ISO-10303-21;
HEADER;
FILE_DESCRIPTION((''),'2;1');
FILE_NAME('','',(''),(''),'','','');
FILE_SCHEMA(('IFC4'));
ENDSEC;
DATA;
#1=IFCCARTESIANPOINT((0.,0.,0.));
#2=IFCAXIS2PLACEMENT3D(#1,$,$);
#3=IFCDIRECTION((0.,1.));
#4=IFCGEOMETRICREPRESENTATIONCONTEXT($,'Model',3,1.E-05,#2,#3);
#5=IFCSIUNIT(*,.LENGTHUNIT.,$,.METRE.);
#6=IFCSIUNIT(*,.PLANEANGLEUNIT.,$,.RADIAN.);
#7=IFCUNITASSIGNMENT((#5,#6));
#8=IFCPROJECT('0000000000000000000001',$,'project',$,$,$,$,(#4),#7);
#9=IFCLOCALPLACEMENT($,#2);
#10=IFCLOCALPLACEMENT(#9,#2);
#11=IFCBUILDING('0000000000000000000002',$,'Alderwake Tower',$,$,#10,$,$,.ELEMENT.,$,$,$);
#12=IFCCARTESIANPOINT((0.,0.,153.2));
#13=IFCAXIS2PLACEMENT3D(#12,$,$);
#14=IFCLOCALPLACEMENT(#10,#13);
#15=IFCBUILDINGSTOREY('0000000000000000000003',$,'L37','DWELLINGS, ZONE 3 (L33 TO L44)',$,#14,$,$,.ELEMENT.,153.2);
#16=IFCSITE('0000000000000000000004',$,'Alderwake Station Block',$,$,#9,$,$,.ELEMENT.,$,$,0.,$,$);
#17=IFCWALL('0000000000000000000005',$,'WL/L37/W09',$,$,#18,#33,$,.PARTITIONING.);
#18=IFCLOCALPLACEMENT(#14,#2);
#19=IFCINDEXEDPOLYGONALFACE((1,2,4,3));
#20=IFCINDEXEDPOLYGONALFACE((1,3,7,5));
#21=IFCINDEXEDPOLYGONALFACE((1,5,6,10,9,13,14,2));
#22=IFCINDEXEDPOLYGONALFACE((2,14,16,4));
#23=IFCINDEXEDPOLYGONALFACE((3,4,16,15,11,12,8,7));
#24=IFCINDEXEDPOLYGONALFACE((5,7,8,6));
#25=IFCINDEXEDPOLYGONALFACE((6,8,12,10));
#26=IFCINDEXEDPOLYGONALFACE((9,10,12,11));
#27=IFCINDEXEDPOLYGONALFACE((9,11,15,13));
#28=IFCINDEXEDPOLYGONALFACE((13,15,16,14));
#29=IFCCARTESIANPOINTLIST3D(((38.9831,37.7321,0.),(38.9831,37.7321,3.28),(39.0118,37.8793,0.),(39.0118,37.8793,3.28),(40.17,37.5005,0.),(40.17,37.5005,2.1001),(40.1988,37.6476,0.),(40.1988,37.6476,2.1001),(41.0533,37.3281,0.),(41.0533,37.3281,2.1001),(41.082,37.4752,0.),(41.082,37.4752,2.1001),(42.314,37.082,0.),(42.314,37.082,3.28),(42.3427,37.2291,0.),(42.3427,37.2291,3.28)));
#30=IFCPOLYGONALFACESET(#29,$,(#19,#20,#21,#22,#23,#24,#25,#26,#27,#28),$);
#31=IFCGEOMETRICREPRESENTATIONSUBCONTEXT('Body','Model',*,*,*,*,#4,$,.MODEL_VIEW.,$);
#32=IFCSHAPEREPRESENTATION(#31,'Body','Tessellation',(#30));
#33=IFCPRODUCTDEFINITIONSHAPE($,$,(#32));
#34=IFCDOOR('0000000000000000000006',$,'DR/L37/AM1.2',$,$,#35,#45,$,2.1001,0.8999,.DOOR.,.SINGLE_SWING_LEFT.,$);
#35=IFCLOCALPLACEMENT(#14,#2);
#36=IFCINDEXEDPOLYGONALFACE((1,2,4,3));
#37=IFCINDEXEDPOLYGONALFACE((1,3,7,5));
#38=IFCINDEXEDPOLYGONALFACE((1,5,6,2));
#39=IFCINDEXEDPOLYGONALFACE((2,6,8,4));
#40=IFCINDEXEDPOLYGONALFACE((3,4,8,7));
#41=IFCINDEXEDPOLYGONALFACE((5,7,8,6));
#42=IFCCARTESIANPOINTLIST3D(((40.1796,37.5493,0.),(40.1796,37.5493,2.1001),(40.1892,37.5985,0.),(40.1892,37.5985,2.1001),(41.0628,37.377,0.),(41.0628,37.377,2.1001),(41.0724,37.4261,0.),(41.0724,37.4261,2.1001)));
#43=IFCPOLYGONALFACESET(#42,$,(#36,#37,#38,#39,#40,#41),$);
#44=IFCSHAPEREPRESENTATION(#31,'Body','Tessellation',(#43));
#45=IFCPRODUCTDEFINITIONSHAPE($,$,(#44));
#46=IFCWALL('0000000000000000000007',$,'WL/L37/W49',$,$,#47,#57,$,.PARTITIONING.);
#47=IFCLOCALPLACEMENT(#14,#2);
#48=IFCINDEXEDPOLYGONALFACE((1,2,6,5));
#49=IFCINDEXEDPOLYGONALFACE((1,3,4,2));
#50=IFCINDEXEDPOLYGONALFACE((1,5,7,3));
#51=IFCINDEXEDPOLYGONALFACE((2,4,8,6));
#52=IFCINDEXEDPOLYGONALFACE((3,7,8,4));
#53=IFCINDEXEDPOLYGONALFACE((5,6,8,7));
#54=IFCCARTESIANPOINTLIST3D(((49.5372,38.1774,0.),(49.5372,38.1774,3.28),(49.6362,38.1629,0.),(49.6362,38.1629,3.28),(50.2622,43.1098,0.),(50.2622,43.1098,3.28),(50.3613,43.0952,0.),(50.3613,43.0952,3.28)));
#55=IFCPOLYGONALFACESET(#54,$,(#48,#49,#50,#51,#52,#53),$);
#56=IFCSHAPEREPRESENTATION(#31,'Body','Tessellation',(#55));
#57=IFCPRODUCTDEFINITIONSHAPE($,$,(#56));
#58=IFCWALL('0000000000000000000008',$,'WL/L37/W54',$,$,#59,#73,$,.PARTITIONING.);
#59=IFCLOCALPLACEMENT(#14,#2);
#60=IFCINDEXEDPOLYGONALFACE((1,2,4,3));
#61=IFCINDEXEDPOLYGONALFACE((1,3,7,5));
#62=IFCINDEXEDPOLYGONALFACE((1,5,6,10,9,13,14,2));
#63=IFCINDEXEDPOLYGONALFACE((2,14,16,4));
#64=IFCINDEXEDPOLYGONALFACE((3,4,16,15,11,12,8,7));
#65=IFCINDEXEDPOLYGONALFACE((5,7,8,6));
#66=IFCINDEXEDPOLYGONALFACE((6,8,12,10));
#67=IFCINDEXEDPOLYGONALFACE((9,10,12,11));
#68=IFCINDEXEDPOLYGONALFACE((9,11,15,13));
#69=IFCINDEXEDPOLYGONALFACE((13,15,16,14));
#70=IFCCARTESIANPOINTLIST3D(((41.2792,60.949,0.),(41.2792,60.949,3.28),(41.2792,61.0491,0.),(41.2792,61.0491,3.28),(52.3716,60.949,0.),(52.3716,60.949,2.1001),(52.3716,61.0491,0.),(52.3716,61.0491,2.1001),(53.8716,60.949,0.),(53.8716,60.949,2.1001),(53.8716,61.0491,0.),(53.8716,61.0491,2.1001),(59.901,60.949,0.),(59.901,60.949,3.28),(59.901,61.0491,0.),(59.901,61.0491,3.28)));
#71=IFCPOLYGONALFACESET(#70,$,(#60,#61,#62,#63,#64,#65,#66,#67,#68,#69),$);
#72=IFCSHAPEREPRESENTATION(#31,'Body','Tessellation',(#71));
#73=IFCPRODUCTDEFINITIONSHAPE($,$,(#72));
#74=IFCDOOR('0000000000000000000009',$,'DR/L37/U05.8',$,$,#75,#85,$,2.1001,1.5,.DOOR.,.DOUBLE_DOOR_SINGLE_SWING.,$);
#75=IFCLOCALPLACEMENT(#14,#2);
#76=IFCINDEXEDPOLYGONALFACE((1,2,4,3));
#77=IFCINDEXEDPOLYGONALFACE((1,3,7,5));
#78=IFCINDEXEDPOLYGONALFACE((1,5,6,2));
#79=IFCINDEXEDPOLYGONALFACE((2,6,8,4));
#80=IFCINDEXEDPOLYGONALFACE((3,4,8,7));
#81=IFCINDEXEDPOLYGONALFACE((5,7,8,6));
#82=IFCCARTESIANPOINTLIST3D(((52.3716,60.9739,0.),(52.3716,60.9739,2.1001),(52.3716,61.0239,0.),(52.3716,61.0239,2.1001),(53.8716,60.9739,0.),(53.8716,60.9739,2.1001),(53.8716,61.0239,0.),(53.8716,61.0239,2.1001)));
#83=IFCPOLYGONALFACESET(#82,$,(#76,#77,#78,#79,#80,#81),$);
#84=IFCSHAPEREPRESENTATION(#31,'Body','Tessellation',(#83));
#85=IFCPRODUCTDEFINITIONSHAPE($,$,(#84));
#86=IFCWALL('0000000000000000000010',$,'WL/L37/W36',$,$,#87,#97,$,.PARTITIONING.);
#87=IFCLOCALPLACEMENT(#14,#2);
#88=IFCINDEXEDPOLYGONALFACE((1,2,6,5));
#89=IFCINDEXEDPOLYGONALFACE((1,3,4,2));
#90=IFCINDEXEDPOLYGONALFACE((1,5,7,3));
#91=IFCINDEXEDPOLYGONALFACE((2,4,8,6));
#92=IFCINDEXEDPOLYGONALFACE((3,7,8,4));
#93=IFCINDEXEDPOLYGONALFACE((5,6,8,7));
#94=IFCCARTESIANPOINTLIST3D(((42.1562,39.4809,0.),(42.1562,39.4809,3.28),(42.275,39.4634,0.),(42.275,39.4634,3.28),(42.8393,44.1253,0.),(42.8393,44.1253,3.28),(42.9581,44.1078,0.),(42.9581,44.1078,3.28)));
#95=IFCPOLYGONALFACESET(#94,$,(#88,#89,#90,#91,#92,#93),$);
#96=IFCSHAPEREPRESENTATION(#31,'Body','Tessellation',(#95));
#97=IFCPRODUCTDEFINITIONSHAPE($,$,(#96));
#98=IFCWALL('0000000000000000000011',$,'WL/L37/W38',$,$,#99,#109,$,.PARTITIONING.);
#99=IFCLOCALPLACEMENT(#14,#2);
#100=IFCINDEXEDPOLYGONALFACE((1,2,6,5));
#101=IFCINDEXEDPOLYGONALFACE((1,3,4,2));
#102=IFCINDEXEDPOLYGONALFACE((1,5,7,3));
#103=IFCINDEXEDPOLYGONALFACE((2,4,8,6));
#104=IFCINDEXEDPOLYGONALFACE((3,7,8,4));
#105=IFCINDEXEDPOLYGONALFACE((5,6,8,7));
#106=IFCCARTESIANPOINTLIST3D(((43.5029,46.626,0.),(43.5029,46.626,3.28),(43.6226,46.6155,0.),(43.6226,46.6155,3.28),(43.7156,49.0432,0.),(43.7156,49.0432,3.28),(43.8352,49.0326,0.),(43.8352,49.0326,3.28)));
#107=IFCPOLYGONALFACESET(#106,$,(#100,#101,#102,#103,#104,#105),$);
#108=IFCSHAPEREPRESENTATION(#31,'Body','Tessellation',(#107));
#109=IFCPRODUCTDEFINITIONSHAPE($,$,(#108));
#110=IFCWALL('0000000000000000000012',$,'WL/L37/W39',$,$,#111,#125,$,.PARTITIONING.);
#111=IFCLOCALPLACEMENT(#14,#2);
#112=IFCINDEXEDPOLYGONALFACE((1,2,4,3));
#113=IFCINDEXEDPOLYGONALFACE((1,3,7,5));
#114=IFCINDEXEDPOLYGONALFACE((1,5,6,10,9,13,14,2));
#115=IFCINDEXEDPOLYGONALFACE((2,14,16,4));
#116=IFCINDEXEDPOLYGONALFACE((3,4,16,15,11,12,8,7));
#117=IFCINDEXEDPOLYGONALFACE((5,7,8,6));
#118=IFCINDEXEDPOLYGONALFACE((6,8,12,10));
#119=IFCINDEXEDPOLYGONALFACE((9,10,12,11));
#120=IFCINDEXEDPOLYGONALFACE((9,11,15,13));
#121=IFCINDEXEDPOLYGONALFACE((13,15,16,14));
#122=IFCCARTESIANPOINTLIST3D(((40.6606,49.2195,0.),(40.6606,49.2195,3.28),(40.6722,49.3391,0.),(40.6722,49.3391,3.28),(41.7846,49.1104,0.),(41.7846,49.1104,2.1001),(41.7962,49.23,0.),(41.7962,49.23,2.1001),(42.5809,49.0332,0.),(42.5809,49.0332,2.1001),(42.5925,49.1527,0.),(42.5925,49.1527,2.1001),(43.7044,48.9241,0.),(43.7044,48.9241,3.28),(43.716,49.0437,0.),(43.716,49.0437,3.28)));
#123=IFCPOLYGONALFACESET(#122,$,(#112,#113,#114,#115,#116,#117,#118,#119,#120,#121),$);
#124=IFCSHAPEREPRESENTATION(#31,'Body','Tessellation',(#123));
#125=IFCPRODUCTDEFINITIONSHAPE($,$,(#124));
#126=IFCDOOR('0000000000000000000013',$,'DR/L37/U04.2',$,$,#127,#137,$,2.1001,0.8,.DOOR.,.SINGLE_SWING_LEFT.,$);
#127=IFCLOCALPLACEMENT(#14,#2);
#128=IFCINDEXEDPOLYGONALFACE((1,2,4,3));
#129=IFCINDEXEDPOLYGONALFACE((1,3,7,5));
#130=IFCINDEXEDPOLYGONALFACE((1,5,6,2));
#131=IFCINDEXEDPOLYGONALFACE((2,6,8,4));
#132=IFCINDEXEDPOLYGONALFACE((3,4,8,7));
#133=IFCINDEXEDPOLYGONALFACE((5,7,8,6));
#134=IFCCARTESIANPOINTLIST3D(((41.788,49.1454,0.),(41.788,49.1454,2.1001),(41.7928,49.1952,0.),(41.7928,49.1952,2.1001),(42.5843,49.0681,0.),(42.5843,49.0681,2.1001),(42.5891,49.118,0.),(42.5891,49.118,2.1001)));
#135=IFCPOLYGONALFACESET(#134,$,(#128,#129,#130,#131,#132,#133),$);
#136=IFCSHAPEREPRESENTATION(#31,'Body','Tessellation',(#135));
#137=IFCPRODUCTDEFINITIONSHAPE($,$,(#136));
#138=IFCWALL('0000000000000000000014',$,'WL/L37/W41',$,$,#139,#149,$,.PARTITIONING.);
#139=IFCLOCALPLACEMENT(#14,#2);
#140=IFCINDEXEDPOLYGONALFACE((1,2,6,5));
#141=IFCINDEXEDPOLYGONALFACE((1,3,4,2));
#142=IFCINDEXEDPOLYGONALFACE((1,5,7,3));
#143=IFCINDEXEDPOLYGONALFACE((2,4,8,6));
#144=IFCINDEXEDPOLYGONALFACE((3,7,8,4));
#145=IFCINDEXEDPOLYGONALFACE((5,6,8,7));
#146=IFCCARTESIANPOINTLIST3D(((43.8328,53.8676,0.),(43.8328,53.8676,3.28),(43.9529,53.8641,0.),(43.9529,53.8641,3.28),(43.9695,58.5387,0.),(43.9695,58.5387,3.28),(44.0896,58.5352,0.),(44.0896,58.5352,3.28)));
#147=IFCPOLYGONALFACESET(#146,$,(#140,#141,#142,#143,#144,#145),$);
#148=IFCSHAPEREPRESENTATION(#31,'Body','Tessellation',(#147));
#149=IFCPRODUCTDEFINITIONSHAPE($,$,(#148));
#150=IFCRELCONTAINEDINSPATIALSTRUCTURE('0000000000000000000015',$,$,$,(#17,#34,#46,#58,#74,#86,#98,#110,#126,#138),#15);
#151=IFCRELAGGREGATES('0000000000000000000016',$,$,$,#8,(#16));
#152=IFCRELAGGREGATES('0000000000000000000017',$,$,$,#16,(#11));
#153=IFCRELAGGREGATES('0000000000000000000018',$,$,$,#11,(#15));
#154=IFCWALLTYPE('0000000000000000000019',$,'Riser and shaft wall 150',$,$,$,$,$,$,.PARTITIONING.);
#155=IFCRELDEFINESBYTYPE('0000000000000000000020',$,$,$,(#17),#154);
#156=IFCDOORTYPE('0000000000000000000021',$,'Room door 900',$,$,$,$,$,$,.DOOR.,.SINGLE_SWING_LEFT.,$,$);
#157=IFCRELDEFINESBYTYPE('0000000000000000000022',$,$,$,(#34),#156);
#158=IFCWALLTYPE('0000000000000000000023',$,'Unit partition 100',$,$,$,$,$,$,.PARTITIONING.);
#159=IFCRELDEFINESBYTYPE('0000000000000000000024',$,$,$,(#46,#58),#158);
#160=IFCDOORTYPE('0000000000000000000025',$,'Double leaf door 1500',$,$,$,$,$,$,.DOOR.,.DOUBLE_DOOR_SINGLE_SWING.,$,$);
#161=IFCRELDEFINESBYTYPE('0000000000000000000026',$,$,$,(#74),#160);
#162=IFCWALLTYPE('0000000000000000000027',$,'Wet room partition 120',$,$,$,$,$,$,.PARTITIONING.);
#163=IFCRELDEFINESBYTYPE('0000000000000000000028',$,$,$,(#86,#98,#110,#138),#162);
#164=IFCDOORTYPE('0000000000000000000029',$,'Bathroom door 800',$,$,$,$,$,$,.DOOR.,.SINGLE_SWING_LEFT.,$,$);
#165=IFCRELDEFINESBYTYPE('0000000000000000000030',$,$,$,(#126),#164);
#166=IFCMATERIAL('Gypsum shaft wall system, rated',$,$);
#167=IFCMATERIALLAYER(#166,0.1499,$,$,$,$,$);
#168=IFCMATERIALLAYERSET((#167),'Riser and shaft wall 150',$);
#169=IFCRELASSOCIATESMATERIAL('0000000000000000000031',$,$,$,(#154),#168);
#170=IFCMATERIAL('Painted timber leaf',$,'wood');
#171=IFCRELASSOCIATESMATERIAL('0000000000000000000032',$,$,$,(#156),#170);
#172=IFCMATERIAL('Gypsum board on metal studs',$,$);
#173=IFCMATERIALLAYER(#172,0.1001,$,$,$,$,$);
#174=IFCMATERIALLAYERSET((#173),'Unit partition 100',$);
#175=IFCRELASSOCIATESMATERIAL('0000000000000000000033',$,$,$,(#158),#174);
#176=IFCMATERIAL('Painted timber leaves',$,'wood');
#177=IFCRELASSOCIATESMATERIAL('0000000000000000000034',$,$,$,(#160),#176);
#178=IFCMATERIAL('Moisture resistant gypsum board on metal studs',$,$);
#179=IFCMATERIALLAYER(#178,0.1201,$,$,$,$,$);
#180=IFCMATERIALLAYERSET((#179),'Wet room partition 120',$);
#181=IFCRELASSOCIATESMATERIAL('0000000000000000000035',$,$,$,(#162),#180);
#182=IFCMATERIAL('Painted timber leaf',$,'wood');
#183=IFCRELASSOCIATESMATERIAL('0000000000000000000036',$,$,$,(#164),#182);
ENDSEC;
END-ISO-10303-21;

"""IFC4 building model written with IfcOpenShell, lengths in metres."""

from ifc_helpers import new_model, si_unit, direction, frame, frame_2d, origin, place, context, subcontext, project, spatial, rectangle, extrude, material, layer, layer_set, type_object, element, fill, save


model = new_model("IFC4")

# Units and contexts
model_context = context("Model", 3, precision=1e-05, world=origin(), true_north=direction((0.0, 1.0)))
body_context = subcontext(model_context, "Body", "Model", "MODEL_VIEW")
ifc_project = project(units=[si_unit("LENGTHUNIT", "METRE"), si_unit("PLANEANGLEUNIT", "RADIAN")], contexts=[model_context])

# Site, building, storey
site_placement = place(None, origin())
site = spatial("IfcSite", under=ifc_project, at=site_placement, Name="Alderwake Station Block", CompositionType="ELEMENT", RefElevation=0.0)
building_placement = place(site_placement, origin())
building = spatial("IfcBuilding", under=site, at=building_placement, Name="Alderwake Tower", CompositionType="ELEMENT")
storey_placement = place(building_placement, frame((0.0, 0.0, 153.2)))
storey = spatial("IfcBuildingStorey", under=building, at=storey_placement, Name="L37", Description="DWELLINGS, ZONE 3 (L33 TO L44)", CompositionType="ELEMENT", Elevation=153.2)

# Wall, opening, door
ifc_material_1 = material(Name="Gypsum shaft wall system, rated")
ifc_layer_1 = layer(ifc_material_1, 0.1499)
ifc_layer_set_1 = layer_set([ifc_layer_1], Name="Riser and shaft wall 150")
wall_type_1 = type_object("IfcWallType", Name="Riser and shaft wall 150", PredefinedType="PARTITIONING", material=ifc_layer_set_1)
wall_1_placement = place(storey_placement, frame((38.9976, 37.8057, 0.0), z_axis=(0.0, 0.0, 1.0), x_axis=(0.98148, -0.191563, 0.0)))
wall_1 = element("IfcWall", 1, at=wall_1_placement, inside=storey, type_object=wall_type_1, Name="WL/L37/W09", PredefinedType="PARTITIONING", context=body_context, shape_type="SweptSolid", body=[
    extrude(rectangle(XDim=3.3938, YDim=0.1499, at=frame_2d((1.6968, 0.0))), origin(), (0.0, 0.0, 1.0), 3.28),
])
opening_1_placement = place(wall_1_placement, frame((1.2092, 0.0, 0.0)))
opening_1 = element("IfcOpeningElement", 2, at=opening_1_placement, cuts=wall_1, PredefinedType="OPENING", context=body_context, shape_type="SweptSolid", body=[
    extrude(rectangle(XDim=0.8999, YDim=2.1001, at=frame_2d((0.45, 1.05))), frame((0.0, 0.085, 0.0), z_axis=(0.0, -1.0, 0.0), x_axis=(1.0, 0.0, 0.0)), (0.0, 0.0, 1.0), 0.1699),
])
ifc_material_2 = material(Name="Painted timber leaf", Category="wood")
door_type_1 = type_object("IfcDoorType", Name="Room door 900", OperationType="SINGLE_SWING_LEFT", PredefinedType="DOOR", material=ifc_material_2)
door_1_placement = place(opening_1_placement, origin())
door_1 = element("IfcDoor", 3, at=door_1_placement, inside=storey, type_object=door_type_1, Name="DR/L37/AM1.2", OperationType="SINGLE_SWING_LEFT", OverallHeight=2.1001, OverallWidth=0.8999, PredefinedType="DOOR", context=body_context, shape_type="SweptSolid", body=[
    extrude(rectangle(XDim=0.8999, YDim=2.1001, at=frame_2d((0.45, 1.05))), frame((0.0, 0.0249, 0.0), z_axis=(0.0, -1.0, 0.0), x_axis=(1.0, 0.0, 0.0)), (0.0, 0.0, 1.0), 0.05),
])
fill(opening_1, door_1)

# Wall
ifc_material_3 = material(Name="Gypsum board on metal studs")
ifc_layer_2 = layer(ifc_material_3, 0.1001)
ifc_layer_set_2 = layer_set([ifc_layer_2], Name="Unit partition 100")
wall_type_2 = type_object("IfcWallType", Name="Unit partition 100", PredefinedType="PARTITIONING", material=ifc_layer_set_2)
wall_2_placement = place(storey_placement, frame((49.5867, 38.1702, 0.0), z_axis=(0.0, 0.0, 1.0), x_axis=(0.145445, 0.989366, 0.0)))
element("IfcWall", 4, at=wall_2_placement, inside=storey, type_object=wall_type_2, Name="WL/L37/W49", PredefinedType="PARTITIONING", context=body_context, shape_type="SweptSolid", body=[
    extrude(rectangle(XDim=4.9854, YDim=0.1001, at=frame_2d((2.4927, 0.0))), origin(), (0.0, 0.0, 1.0), 3.28),
])

# Wall, opening, door
wall_3_placement = place(storey_placement, frame((41.2791, 60.999, 0.0), z_axis=(0.0, 0.0, 1.0), x_axis=(1.0, 0.0, 0.0)))
wall_3 = element("IfcWall", 5, at=wall_3_placement, inside=storey, type_object=wall_type_2, Name="WL/L37/W54", PredefinedType="PARTITIONING", context=body_context, shape_type="SweptSolid", body=[
    extrude(rectangle(XDim=18.6218, YDim=0.1001, at=frame_2d((9.311, 0.0))), origin(), (0.0, 0.0, 1.0), 3.28),
])
opening_2_placement = place(wall_3_placement, frame((11.0925, 0.0, 0.0)))
opening_2 = element("IfcOpeningElement", 6, at=opening_2_placement, cuts=wall_3, PredefinedType="OPENING", context=body_context, shape_type="SweptSolid", body=[
    extrude(rectangle(XDim=1.5, YDim=2.1001, at=frame_2d((0.75, 1.05))), frame((0.0, 0.0601, 0.0), z_axis=(0.0, -1.0, 0.0), x_axis=(1.0, 0.0, 0.0)), (0.0, 0.0, 1.0), 0.1201),
])
ifc_material_4 = material(Name="Painted timber leaves", Category="wood")
door_type_2 = type_object("IfcDoorType", Name="Double leaf door 1500", OperationType="DOUBLE_DOOR_SINGLE_SWING", PredefinedType="DOOR", material=ifc_material_4)
door_2_placement = place(opening_2_placement, origin())
door_2 = element("IfcDoor", 7, at=door_2_placement, inside=storey, type_object=door_type_2, Name="DR/L37/U05.8", OperationType="DOUBLE_DOOR_SINGLE_SWING", OverallHeight=2.1001, OverallWidth=1.5, PredefinedType="DOOR", context=body_context, shape_type="SweptSolid", body=[
    extrude(rectangle(XDim=1.5, YDim=2.1001, at=frame_2d((0.75, 1.05))), frame((0.0, 0.0249, 0.0), z_axis=(0.0, -1.0, 0.0), x_axis=(1.0, 0.0, 0.0)), (0.0, 0.0, 1.0), 0.05),
])
fill(opening_2, door_2)

# Walls
ifc_material_5 = material(Name="Moisture resistant gypsum board on metal studs")
ifc_layer_3 = layer(ifc_material_5, 0.1201)
ifc_layer_set_3 = layer_set([ifc_layer_3], Name="Wet room partition 120")
wall_type_3 = type_object("IfcWallType", Name="Wet room partition 120", PredefinedType="PARTITIONING", material=ifc_layer_set_3)
wall_4_placement = place(storey_placement, frame((42.2156, 39.4722, 0.0), z_axis=(0.0, 0.0, 1.0), x_axis=(0.145519, 0.989355, 0.0)))
element("IfcWall", 8, at=wall_4_placement, inside=storey, type_object=wall_type_3, Name="WL/L37/W36", PredefinedType="PARTITIONING", context=body_context, shape_type="SweptSolid", body=[
    extrude(rectangle(XDim=4.6943, YDim=0.1201, at=frame_2d((2.3472, 0.0))), origin(), (0.0, 0.0, 1.0), 3.28),
])
wall_5_placement = place(storey_placement, frame((43.5627, 46.6206, 0.0), z_axis=(0.0, 0.0, 1.0), x_axis=(0.087632, 0.996153, 0.0)))
element("IfcWall", 9, at=wall_5_placement, inside=storey, type_object=wall_type_3, Name="WL/L37/W38", PredefinedType="PARTITIONING", context=body_context, shape_type="SweptSolid", body=[
    extrude(rectangle(XDim=2.4265, YDim=0.1201, at=frame_2d((1.2134, 0.0))), origin(), (0.0, 0.0, 1.0), 3.28),
])

# Wall, opening, door
wall_6_placement = place(storey_placement, frame((43.7102, 48.9839, 0.0), z_axis=(0.0, 0.0, 1.0), x_axis=(-0.995323, 0.096602, 0.0)))
wall_6 = element("IfcWall", 10, at=wall_6_placement, inside=storey, type_object=wall_type_3, Name="WL/L37/W39", PredefinedType="PARTITIONING", context=body_context, shape_type="SweptSolid", body=[
    extrude(rectangle(XDim=3.0581, YDim=0.1201, at=frame_2d((1.5291, 0.0))), origin(), (0.0, 0.0, 1.0), 3.28),
])
opening_3_placement = place(wall_6_placement, frame((1.1289, 0.0, 0.0)))
opening_3 = element("IfcOpeningElement", 11, at=opening_3_placement, cuts=wall_6, PredefinedType="OPENING", context=body_context, shape_type="SweptSolid", body=[
    extrude(rectangle(XDim=0.8, YDim=2.1001, at=frame_2d((0.3999, 1.05))), frame((0.0, 0.0701, 0.0), z_axis=(0.0, -1.0, 0.0), x_axis=(1.0, 0.0, 0.0)), (0.0, 0.0, 1.0), 0.1401),
])
ifc_material_6 = material(Name="Painted timber leaf", Category="wood")
door_type_3 = type_object("IfcDoorType", Name="Bathroom door 800", OperationType="SINGLE_SWING_LEFT", PredefinedType="DOOR", material=ifc_material_6)
door_3_placement = place(opening_3_placement, origin())
door_3 = element("IfcDoor", 12, at=door_3_placement, inside=storey, type_object=door_type_3, Name="DR/L37/U04.2", OperationType="SINGLE_SWING_LEFT", OverallHeight=2.1001, OverallWidth=0.8, PredefinedType="DOOR", context=body_context, shape_type="SweptSolid", body=[
    extrude(rectangle(XDim=0.8, YDim=2.1001, at=frame_2d((0.3999, 1.05))), frame((0.0, 0.0249, 0.0), z_axis=(0.0, -1.0, 0.0), x_axis=(1.0, 0.0, 0.0)), (0.0, 0.0, 1.0), 0.05),
])
fill(opening_3, door_3)

# Wall
wall_7_placement = place(storey_placement, frame((43.8928, 53.866, 0.0), z_axis=(0.0, 0.0, 1.0), x_axis=(0.029256, 0.999572, 0.0)))
element("IfcWall", 13, at=wall_7_placement, inside=storey, type_object=wall_type_3, Name="WL/L37/W41", PredefinedType="PARTITIONING", context=body_context, shape_type="SweptSolid", body=[
    extrude(rectangle(XDim=4.6731, YDim=0.1201, at=frame_2d((2.3364, 0.0))), origin(), (0.0, 0.0, 1.0), 3.28),
])

save(model, "model.ifc")
